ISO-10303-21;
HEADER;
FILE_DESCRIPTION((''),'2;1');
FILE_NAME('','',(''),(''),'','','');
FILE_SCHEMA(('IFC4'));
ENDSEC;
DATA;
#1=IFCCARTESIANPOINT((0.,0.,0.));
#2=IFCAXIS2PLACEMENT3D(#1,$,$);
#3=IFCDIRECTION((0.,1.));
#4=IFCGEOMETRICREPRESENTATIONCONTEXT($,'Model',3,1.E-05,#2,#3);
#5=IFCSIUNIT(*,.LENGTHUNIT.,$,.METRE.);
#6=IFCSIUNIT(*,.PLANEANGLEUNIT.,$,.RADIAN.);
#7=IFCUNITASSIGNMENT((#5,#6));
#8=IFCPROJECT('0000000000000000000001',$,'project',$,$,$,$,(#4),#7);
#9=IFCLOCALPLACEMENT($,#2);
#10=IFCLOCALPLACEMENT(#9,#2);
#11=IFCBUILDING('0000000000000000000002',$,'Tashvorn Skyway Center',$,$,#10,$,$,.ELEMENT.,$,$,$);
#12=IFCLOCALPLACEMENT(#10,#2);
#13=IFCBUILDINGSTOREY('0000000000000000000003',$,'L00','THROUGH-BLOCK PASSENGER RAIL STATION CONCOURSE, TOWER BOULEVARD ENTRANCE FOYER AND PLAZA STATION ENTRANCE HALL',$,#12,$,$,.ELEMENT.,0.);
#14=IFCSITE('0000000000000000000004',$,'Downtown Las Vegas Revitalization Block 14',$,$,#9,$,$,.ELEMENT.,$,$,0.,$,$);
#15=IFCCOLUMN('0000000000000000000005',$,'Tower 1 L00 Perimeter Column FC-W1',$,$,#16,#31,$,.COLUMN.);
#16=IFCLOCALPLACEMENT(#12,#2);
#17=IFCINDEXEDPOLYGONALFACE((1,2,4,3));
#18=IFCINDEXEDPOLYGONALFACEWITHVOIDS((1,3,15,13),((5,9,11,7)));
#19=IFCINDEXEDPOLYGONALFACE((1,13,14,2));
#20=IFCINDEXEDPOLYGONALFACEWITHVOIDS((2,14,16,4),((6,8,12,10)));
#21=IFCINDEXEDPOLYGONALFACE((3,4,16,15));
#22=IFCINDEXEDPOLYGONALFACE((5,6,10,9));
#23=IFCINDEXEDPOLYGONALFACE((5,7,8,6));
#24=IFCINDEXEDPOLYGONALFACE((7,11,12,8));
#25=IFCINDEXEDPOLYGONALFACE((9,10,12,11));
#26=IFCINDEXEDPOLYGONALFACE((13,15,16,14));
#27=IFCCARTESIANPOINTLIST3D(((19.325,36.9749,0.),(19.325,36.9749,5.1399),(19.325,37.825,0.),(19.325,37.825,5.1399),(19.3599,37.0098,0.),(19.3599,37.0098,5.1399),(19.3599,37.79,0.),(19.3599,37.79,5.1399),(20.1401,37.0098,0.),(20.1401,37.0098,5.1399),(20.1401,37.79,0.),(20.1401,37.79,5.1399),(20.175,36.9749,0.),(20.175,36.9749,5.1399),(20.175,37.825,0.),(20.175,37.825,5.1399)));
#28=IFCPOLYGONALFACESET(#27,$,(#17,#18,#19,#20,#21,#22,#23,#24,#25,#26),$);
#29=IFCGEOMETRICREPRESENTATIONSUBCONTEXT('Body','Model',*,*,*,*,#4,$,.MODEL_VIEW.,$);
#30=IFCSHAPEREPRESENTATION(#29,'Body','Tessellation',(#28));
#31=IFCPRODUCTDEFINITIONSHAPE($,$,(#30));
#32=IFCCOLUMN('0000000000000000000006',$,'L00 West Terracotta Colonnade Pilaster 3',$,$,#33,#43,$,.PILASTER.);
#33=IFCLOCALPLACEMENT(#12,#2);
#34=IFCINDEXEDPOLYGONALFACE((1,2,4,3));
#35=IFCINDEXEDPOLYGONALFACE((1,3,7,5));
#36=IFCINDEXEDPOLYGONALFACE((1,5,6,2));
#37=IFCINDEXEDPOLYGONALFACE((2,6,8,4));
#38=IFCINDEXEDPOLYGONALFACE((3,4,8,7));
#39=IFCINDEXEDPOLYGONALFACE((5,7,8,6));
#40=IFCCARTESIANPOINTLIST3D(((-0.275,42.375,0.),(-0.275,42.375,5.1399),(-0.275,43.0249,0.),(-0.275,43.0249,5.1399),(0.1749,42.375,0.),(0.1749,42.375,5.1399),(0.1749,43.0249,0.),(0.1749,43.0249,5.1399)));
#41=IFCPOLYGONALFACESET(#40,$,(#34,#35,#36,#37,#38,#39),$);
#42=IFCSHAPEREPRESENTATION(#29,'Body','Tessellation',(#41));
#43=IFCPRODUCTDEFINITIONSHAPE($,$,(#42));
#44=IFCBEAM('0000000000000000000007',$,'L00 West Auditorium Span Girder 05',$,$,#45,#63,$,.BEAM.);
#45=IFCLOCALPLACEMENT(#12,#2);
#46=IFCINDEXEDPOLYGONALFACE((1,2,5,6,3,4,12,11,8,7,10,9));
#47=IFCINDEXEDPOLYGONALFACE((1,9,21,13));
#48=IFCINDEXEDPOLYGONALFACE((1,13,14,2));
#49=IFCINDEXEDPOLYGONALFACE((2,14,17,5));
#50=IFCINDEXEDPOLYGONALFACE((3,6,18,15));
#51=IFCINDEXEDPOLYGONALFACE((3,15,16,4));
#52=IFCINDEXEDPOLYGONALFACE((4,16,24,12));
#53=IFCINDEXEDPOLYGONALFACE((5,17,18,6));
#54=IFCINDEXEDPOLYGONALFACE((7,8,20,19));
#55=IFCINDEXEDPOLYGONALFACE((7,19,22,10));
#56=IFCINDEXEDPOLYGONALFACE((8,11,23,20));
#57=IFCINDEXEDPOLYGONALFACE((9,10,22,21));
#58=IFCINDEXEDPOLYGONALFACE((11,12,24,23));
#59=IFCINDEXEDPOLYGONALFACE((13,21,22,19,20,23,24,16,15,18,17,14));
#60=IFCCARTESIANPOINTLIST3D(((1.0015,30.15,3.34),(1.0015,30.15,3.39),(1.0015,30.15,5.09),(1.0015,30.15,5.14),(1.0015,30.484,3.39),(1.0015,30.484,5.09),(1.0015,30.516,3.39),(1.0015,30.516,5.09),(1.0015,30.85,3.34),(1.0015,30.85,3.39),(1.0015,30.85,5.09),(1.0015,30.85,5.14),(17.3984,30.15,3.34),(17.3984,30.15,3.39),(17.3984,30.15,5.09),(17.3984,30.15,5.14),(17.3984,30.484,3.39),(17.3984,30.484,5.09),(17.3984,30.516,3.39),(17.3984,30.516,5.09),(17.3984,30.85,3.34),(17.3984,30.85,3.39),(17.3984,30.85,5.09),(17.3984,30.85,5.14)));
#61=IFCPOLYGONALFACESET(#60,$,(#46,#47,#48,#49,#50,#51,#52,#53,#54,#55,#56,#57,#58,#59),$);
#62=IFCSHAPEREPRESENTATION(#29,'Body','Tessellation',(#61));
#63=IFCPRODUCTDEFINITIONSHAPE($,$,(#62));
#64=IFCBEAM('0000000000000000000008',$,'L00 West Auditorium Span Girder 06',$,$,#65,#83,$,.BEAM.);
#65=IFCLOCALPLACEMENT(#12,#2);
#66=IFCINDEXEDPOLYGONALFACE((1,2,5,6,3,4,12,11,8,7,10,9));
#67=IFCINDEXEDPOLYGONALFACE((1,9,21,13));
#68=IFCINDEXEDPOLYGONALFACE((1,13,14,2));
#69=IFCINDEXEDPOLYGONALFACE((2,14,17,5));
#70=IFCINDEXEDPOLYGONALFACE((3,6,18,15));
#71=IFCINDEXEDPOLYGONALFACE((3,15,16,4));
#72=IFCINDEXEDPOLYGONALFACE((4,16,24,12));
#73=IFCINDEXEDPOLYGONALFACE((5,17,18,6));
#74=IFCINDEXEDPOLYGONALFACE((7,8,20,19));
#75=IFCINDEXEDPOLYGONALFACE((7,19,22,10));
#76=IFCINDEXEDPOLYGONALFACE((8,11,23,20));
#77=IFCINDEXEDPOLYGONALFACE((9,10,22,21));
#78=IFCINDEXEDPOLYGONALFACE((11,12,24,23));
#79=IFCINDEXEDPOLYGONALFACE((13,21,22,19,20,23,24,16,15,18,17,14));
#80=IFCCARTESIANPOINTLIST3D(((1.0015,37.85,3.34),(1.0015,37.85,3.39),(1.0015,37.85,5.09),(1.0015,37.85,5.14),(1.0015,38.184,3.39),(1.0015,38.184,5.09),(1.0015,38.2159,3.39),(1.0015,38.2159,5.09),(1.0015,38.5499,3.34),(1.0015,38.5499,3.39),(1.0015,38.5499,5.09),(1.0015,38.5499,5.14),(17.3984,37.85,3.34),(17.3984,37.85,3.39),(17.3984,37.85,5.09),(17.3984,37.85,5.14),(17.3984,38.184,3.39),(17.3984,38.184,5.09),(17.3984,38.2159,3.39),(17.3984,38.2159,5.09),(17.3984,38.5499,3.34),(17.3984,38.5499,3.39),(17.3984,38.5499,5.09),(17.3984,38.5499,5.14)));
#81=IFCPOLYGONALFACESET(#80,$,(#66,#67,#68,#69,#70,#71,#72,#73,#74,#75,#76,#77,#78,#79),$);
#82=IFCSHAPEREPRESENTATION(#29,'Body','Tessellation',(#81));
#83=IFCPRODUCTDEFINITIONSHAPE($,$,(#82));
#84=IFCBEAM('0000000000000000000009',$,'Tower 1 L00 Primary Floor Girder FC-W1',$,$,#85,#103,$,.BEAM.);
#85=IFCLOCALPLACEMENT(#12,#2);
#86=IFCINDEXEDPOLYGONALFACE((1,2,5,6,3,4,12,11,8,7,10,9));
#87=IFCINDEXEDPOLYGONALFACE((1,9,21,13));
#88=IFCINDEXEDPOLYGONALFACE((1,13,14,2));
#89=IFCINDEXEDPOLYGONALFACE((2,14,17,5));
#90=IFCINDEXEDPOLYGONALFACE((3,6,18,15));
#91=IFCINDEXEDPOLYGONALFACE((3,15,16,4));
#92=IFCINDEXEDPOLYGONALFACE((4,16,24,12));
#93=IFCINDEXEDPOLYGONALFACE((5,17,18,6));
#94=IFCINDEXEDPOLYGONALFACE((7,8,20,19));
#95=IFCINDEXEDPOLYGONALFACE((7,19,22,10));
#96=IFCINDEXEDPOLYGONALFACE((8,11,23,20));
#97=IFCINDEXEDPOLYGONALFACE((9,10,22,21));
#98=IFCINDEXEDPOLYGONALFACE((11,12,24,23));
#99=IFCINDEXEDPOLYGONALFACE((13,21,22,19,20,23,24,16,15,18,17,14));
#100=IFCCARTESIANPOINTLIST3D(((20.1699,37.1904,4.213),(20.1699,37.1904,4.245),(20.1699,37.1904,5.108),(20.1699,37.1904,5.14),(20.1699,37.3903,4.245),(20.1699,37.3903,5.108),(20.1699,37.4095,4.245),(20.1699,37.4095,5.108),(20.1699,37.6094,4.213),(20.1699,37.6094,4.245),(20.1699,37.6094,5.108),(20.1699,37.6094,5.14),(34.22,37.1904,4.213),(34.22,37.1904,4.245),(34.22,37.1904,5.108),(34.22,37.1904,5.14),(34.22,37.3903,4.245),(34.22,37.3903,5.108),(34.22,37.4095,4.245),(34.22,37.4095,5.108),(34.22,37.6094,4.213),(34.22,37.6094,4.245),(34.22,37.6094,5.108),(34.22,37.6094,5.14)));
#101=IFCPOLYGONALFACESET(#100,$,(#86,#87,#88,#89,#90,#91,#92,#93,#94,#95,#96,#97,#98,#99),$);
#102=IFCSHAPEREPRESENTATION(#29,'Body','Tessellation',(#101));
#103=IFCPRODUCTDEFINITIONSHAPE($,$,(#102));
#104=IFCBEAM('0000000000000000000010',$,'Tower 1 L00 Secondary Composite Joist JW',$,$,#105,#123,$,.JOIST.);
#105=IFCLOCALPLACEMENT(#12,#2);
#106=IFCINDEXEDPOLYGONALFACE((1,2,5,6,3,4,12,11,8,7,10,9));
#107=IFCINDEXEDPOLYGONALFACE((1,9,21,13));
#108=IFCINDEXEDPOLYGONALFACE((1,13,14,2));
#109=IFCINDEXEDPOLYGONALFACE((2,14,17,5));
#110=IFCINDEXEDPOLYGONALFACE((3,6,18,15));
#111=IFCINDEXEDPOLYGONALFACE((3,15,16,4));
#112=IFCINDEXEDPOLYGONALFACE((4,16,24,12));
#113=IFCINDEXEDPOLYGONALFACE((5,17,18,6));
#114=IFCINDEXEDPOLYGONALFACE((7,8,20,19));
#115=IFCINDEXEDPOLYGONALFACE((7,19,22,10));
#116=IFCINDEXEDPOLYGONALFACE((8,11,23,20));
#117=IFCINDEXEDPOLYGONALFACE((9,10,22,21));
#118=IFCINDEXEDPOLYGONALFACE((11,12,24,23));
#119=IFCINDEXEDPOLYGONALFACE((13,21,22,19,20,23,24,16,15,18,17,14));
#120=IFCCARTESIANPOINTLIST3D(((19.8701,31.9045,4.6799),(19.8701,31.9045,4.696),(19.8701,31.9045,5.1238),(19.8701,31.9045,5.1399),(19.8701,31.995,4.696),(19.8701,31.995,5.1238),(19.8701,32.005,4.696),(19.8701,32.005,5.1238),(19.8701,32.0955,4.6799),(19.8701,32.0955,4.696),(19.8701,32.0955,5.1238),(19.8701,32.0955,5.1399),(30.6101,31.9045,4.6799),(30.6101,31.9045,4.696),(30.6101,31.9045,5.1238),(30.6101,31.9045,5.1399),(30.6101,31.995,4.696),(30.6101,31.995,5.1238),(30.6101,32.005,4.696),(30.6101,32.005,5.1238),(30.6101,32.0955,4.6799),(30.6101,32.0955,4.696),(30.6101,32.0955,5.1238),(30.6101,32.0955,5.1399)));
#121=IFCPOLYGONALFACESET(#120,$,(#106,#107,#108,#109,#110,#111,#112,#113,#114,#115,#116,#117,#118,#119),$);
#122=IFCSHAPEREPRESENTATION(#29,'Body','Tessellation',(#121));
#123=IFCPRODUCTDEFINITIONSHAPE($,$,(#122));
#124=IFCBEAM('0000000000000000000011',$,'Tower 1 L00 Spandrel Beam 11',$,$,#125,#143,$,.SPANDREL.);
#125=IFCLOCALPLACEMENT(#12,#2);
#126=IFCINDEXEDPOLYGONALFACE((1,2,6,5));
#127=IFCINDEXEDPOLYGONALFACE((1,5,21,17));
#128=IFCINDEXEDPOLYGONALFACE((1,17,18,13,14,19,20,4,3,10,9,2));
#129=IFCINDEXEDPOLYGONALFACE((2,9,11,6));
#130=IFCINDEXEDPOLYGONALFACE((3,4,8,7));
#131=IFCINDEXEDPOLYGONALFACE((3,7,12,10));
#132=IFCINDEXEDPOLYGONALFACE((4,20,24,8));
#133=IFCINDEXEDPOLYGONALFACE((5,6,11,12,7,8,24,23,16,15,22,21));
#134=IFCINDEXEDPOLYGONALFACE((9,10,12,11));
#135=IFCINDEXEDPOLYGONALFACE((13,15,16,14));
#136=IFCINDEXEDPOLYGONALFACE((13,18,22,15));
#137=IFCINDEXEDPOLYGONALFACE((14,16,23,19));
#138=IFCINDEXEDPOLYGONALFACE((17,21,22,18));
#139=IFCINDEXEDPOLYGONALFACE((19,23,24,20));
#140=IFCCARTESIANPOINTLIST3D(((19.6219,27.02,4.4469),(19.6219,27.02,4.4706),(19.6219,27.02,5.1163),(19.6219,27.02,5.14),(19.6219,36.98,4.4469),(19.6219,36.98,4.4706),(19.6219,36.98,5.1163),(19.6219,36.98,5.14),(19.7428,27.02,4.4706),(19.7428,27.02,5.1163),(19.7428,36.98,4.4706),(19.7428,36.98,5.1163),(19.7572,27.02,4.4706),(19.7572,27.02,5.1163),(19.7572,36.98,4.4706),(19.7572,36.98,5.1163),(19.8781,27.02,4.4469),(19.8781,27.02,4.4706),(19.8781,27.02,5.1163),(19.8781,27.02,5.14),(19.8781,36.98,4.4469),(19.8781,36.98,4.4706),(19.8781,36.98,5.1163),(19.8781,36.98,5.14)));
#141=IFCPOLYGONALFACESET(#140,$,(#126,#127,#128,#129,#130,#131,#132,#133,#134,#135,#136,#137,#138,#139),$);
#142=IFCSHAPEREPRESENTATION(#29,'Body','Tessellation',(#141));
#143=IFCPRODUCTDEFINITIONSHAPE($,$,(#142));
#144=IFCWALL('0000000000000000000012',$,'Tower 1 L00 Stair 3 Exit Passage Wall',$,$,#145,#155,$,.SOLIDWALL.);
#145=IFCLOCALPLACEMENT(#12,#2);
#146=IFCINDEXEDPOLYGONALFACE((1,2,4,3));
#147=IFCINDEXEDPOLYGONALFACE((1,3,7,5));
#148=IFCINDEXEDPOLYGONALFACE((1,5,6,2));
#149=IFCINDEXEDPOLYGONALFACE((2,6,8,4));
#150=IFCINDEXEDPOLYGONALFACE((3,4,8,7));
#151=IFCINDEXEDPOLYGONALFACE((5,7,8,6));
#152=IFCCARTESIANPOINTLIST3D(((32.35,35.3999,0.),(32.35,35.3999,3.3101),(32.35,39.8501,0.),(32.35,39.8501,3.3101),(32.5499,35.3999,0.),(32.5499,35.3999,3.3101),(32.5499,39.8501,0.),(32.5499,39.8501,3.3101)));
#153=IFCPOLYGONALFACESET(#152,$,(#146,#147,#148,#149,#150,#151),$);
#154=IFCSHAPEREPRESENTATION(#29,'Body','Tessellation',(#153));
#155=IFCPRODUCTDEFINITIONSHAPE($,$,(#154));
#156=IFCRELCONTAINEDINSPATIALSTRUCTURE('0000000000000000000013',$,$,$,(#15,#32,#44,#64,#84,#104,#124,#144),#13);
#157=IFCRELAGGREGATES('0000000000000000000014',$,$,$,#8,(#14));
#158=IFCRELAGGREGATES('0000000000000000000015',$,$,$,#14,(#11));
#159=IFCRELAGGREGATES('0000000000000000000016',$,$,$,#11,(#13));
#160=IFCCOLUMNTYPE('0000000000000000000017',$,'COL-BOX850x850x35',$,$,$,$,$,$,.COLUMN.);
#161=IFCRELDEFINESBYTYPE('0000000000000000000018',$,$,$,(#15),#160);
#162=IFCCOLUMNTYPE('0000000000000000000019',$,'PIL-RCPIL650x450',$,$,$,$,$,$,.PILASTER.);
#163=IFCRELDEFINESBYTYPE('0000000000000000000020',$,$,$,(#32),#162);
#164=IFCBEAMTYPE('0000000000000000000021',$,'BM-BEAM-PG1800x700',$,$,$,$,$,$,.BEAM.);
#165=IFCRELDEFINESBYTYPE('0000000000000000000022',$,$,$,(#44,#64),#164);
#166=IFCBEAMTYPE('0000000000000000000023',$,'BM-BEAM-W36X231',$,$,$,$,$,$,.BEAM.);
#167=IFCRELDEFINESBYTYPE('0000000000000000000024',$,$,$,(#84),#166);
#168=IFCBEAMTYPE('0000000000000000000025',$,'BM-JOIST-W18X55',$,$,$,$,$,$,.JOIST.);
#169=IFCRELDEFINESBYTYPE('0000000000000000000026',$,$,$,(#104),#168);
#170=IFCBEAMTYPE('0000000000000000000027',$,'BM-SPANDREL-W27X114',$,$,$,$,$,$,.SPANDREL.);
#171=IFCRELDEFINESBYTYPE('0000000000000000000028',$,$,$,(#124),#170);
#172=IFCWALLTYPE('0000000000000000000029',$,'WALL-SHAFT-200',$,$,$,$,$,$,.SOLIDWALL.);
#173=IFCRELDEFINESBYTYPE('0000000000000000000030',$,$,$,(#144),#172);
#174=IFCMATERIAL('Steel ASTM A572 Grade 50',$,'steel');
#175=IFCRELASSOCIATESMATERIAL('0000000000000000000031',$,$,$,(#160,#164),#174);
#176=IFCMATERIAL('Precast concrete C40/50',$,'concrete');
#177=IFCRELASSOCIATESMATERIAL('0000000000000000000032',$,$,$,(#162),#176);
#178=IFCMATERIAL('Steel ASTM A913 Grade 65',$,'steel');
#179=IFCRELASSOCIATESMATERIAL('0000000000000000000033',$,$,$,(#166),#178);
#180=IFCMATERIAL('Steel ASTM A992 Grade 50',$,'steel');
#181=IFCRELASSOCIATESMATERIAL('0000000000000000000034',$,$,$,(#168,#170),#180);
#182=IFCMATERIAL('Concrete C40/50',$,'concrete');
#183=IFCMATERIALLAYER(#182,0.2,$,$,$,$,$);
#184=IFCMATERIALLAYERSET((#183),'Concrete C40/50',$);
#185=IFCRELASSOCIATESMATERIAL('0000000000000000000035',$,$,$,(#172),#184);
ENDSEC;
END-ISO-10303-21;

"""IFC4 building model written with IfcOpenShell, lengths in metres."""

from ifc_helpers import new_model, si_unit, direction, frame, frame_2d, origin, origin_2d, place, context, subcontext, project, spatial, rectangle, hollow_rectangle, i_section, extrude, material, layer, layer_set, material_profile, profile_set, type_object, element, save


model = new_model("IFC4")

# Units and contexts
model_context = context("Model", 3, precision=1e-05, world=origin(), true_north=direction((0.0, 1.0)))
body_context = subcontext(model_context, "Body", "Model", "MODEL_VIEW")
ifc_project = project(units=[si_unit("LENGTHUNIT", "METRE"), si_unit("PLANEANGLEUNIT", "RADIAN")], contexts=[model_context])

# Site, building, storey
site_placement = place(None, origin())
site = spatial("IfcSite", under=ifc_project, at=site_placement, Name="Downtown Las Vegas Revitalization Block 14", CompositionType="ELEMENT", RefElevation=0.0)
building_placement = place(site_placement, origin())
building = spatial("IfcBuilding", under=site, at=building_placement, Name="Tashvorn Skyway Center", CompositionType="ELEMENT")
storey_placement = place(building_placement, origin())
storey = spatial("IfcBuildingStorey", under=building, at=storey_placement, Name="L00", Description="THROUGH-BLOCK PASSENGER RAIL STATION CONCOURSE, TOWER BOULEVARD ENTRANCE FOYER AND PLAZA STATION ENTRANCE HALL", CompositionType="ELEMENT", Elevation=0.0)

# Columns
ifc_material_1 = material(Name="Steel ASTM A572 Grade 50", Category="steel")
ifc_material_profile_1 = material_profile(ifc_material_1, hollow_rectangle(XDim=0.8501, YDim=0.8501, WallThickness=0.0349, at=origin_2d()), Name="BOX850x850x35")
ifc_profile_set_1 = profile_set([ifc_material_profile_1], Name="Steel ASTM A572 Grade 50")
column_type_1 = type_object("IfcColumnType", Name="COL-BOX850x850x35", PredefinedType="COLUMN", material=ifc_profile_set_1)
column_1_placement = place(storey_placement, frame((19.75, 37.3999, 0.0), z_axis=(0.0, 0.0, 1.0), x_axis=(1.0, 0.0, 0.0)))
element("IfcColumn", 1, at=column_1_placement, inside=storey, type_object=column_type_1, Name="Tower 1 L00 Perimeter Column FC-W1", PredefinedType="COLUMN", context=body_context, shape_type="SweptSolid", body=[
    extrude(hollow_rectangle(XDim=0.8501, YDim=0.8501, WallThickness=0.0349, at=origin_2d()), origin(), (0.0, 0.0, 1.0), 5.1399),
])
ifc_material_2 = material(Name="Precast concrete C40/50", Category="concrete")
ifc_material_profile_2 = material_profile(ifc_material_2, rectangle(XDim=0.6499, YDim=0.45, at=origin_2d()), Name="RCPIL650x450")
ifc_profile_set_2 = profile_set([ifc_material_profile_2], Name="Precast concrete C40/50")
column_type_2 = type_object("IfcColumnType", Name="PIL-RCPIL650x450", PredefinedType="PILASTER", material=ifc_profile_set_2)
column_2_placement = place(storey_placement, frame((-0.05, 42.7, 0.0), z_axis=(0.0, 0.0, 1.0), x_axis=(0.0, 1.0, 0.0)))
element("IfcColumn", 2, at=column_2_placement, inside=storey, type_object=column_type_2, Name="L00 West Terracotta Colonnade Pilaster 3", PredefinedType="PILASTER", context=body_context, shape_type="SweptSolid", body=[
    extrude(rectangle(XDim=0.6499, YDim=0.45, at=origin_2d()), origin(), (0.0, 0.0, 1.0), 5.1399),
])

# Beams
ifc_material_profile_3 = material_profile(ifc_material_1, i_section(OverallWidth=0.7, OverallDepth=1.8, WebThickness=0.032, FlangeThickness=0.05, at=origin_2d()), Name="PG1800x700")
ifc_profile_set_3 = profile_set([ifc_material_profile_3], Name="Steel ASTM A572 Grade 50")
beam_type_1 = type_object("IfcBeamType", Name="BM-BEAM-PG1800x700", PredefinedType="BEAM", material=ifc_profile_set_3)
for number, where, z_axis, x_axis, name in (
    (3, (1.0015, 30.5, 4.24), (1.0, 0.0, 0.0), (0.0, 1.0, 0.0), "L00 West Auditorium Span Girder 05"),
    (4, (1.0015, 38.2, 4.24), (1.0, 0.0, 0.0), (0.0, 1.0, 0.0), "L00 West Auditorium Span Girder 06"),
):
    element("IfcBeam", number, at=place(storey_placement, frame(where, z_axis=z_axis, x_axis=x_axis)), inside=storey, type_object=beam_type_1, Name=name, PredefinedType="BEAM", context=body_context, shape_type="SweptSolid", body=[
        extrude(i_section(OverallWidth=0.7, OverallDepth=1.8, WebThickness=0.032, FlangeThickness=0.05, at=origin_2d()), origin(), (0.0, 0.0, 1.0), 16.397),
    ])
ifc_material_3 = material(Name="Steel ASTM A913 Grade 65", Category="steel")
ifc_material_profile_4 = material_profile(ifc_material_3, i_section(OverallWidth=0.4189, OverallDepth=0.927, WebThickness=0.0193, FlangeThickness=0.032, at=origin_2d()), Name="W36X231")
ifc_profile_set_4 = profile_set([ifc_material_profile_4], Name="Steel ASTM A913 Grade 65")
beam_type_2 = type_object("IfcBeamType", Name="BM-BEAM-W36X231", PredefinedType="BEAM", material=ifc_profile_set_4)
beam_1_placement = place(storey_placement, frame((20.1699, 37.3999, 4.6765), z_axis=(1.0, 0.0, 0.0), x_axis=(0.0, 1.0, 0.0)))
element("IfcBeam", 5, at=beam_1_placement, inside=storey, type_object=beam_type_2, Name="Tower 1 L00 Primary Floor Girder FC-W1", PredefinedType="BEAM", context=body_context, shape_type="SweptSolid", body=[
    extrude(i_section(OverallWidth=0.4189, OverallDepth=0.927, WebThickness=0.0193, FlangeThickness=0.032, at=origin_2d()), origin(), (0.0, 0.0, 1.0), 14.05),
])
ifc_material_4 = material(Name="Steel ASTM A992 Grade 50", Category="steel")
ifc_material_profile_5 = material_profile(ifc_material_4, i_section(OverallWidth=0.1909, OverallDepth=0.46, WebThickness=0.01, FlangeThickness=0.0161, at=origin_2d()), Name="W18X55")
ifc_profile_set_5 = profile_set([ifc_material_profile_5], Name="Steel ASTM A992 Grade 50")
beam_type_3 = type_object("IfcBeamType", Name="BM-JOIST-W18X55", PredefinedType="JOIST", material=ifc_profile_set_5)
beam_2_placement = place(storey_placement, frame((30.6101, 32.0, 4.9099), z_axis=(-1.0, 0.0, 0.0), x_axis=(0.0, -1.0, 0.0)))
element("IfcBeam", 6, at=beam_2_placement, inside=storey, type_object=beam_type_3, Name="Tower 1 L00 Secondary Composite Joist JW", PredefinedType="JOIST", context=body_context, shape_type="SweptSolid", body=[
    extrude(i_section(OverallWidth=0.1909, OverallDepth=0.46, WebThickness=0.01, FlangeThickness=0.0161, at=origin_2d()), origin(), (0.0, 0.0, 1.0), 10.74),
])
ifc_material_profile_6 = material_profile(ifc_material_4, i_section(OverallWidth=0.2561, OverallDepth=0.6931, WebThickness=0.0144, FlangeThickness=0.0237, at=origin_2d()), Name="W27X114")
ifc_profile_set_6 = profile_set([ifc_material_profile_6], Name="Steel ASTM A992 Grade 50")
beam_type_4 = type_object("IfcBeamType", Name="BM-SPANDREL-W27X114", PredefinedType="SPANDREL", material=ifc_profile_set_6)
beam_3_placement = place(storey_placement, frame((19.75, 36.98, 4.7935), z_axis=(0.0, -1.0, 0.0), x_axis=(1.0, 0.0, 0.0)))
element("IfcBeam", 7, at=beam_3_placement, inside=storey, type_object=beam_type_4, Name="Tower 1 L00 Spandrel Beam 11", PredefinedType="SPANDREL", context=body_context, shape_type="SweptSolid", body=[
    extrude(i_section(OverallWidth=0.2561, OverallDepth=0.6931, WebThickness=0.0144, FlangeThickness=0.0237, at=origin_2d()), origin(), (0.0, 0.0, 1.0), 9.96),
])

# Wall
ifc_material_5 = material(Name="Concrete C40/50", Category="concrete")
ifc_layer_1 = layer(ifc_material_5, 0.2)
ifc_layer_set_1 = layer_set([ifc_layer_1], Name="Concrete C40/50")
wall_type_1 = type_object("IfcWallType", Name="WALL-SHAFT-200", PredefinedType="SOLIDWALL", material=ifc_layer_set_1)
wall_1_placement = place(storey_placement, frame((32.45, 35.3999, 0.0), z_axis=(0.0, 0.0, 1.0), x_axis=(0.0, 1.0, 0.0)))
element("IfcWall", 8, at=wall_1_placement, inside=storey, type_object=wall_type_1, Name="Tower 1 L00 Stair 3 Exit Passage Wall", PredefinedType="SOLIDWALL", context=body_context, shape_type="SweptSolid", body=[
    extrude(rectangle(XDim=4.4502, YDim=0.2, at=frame_2d((2.2251, 0.0))), origin(), (0.0, 0.0, 1.0), 3.3101),
])

save(model, "model.ifc")
